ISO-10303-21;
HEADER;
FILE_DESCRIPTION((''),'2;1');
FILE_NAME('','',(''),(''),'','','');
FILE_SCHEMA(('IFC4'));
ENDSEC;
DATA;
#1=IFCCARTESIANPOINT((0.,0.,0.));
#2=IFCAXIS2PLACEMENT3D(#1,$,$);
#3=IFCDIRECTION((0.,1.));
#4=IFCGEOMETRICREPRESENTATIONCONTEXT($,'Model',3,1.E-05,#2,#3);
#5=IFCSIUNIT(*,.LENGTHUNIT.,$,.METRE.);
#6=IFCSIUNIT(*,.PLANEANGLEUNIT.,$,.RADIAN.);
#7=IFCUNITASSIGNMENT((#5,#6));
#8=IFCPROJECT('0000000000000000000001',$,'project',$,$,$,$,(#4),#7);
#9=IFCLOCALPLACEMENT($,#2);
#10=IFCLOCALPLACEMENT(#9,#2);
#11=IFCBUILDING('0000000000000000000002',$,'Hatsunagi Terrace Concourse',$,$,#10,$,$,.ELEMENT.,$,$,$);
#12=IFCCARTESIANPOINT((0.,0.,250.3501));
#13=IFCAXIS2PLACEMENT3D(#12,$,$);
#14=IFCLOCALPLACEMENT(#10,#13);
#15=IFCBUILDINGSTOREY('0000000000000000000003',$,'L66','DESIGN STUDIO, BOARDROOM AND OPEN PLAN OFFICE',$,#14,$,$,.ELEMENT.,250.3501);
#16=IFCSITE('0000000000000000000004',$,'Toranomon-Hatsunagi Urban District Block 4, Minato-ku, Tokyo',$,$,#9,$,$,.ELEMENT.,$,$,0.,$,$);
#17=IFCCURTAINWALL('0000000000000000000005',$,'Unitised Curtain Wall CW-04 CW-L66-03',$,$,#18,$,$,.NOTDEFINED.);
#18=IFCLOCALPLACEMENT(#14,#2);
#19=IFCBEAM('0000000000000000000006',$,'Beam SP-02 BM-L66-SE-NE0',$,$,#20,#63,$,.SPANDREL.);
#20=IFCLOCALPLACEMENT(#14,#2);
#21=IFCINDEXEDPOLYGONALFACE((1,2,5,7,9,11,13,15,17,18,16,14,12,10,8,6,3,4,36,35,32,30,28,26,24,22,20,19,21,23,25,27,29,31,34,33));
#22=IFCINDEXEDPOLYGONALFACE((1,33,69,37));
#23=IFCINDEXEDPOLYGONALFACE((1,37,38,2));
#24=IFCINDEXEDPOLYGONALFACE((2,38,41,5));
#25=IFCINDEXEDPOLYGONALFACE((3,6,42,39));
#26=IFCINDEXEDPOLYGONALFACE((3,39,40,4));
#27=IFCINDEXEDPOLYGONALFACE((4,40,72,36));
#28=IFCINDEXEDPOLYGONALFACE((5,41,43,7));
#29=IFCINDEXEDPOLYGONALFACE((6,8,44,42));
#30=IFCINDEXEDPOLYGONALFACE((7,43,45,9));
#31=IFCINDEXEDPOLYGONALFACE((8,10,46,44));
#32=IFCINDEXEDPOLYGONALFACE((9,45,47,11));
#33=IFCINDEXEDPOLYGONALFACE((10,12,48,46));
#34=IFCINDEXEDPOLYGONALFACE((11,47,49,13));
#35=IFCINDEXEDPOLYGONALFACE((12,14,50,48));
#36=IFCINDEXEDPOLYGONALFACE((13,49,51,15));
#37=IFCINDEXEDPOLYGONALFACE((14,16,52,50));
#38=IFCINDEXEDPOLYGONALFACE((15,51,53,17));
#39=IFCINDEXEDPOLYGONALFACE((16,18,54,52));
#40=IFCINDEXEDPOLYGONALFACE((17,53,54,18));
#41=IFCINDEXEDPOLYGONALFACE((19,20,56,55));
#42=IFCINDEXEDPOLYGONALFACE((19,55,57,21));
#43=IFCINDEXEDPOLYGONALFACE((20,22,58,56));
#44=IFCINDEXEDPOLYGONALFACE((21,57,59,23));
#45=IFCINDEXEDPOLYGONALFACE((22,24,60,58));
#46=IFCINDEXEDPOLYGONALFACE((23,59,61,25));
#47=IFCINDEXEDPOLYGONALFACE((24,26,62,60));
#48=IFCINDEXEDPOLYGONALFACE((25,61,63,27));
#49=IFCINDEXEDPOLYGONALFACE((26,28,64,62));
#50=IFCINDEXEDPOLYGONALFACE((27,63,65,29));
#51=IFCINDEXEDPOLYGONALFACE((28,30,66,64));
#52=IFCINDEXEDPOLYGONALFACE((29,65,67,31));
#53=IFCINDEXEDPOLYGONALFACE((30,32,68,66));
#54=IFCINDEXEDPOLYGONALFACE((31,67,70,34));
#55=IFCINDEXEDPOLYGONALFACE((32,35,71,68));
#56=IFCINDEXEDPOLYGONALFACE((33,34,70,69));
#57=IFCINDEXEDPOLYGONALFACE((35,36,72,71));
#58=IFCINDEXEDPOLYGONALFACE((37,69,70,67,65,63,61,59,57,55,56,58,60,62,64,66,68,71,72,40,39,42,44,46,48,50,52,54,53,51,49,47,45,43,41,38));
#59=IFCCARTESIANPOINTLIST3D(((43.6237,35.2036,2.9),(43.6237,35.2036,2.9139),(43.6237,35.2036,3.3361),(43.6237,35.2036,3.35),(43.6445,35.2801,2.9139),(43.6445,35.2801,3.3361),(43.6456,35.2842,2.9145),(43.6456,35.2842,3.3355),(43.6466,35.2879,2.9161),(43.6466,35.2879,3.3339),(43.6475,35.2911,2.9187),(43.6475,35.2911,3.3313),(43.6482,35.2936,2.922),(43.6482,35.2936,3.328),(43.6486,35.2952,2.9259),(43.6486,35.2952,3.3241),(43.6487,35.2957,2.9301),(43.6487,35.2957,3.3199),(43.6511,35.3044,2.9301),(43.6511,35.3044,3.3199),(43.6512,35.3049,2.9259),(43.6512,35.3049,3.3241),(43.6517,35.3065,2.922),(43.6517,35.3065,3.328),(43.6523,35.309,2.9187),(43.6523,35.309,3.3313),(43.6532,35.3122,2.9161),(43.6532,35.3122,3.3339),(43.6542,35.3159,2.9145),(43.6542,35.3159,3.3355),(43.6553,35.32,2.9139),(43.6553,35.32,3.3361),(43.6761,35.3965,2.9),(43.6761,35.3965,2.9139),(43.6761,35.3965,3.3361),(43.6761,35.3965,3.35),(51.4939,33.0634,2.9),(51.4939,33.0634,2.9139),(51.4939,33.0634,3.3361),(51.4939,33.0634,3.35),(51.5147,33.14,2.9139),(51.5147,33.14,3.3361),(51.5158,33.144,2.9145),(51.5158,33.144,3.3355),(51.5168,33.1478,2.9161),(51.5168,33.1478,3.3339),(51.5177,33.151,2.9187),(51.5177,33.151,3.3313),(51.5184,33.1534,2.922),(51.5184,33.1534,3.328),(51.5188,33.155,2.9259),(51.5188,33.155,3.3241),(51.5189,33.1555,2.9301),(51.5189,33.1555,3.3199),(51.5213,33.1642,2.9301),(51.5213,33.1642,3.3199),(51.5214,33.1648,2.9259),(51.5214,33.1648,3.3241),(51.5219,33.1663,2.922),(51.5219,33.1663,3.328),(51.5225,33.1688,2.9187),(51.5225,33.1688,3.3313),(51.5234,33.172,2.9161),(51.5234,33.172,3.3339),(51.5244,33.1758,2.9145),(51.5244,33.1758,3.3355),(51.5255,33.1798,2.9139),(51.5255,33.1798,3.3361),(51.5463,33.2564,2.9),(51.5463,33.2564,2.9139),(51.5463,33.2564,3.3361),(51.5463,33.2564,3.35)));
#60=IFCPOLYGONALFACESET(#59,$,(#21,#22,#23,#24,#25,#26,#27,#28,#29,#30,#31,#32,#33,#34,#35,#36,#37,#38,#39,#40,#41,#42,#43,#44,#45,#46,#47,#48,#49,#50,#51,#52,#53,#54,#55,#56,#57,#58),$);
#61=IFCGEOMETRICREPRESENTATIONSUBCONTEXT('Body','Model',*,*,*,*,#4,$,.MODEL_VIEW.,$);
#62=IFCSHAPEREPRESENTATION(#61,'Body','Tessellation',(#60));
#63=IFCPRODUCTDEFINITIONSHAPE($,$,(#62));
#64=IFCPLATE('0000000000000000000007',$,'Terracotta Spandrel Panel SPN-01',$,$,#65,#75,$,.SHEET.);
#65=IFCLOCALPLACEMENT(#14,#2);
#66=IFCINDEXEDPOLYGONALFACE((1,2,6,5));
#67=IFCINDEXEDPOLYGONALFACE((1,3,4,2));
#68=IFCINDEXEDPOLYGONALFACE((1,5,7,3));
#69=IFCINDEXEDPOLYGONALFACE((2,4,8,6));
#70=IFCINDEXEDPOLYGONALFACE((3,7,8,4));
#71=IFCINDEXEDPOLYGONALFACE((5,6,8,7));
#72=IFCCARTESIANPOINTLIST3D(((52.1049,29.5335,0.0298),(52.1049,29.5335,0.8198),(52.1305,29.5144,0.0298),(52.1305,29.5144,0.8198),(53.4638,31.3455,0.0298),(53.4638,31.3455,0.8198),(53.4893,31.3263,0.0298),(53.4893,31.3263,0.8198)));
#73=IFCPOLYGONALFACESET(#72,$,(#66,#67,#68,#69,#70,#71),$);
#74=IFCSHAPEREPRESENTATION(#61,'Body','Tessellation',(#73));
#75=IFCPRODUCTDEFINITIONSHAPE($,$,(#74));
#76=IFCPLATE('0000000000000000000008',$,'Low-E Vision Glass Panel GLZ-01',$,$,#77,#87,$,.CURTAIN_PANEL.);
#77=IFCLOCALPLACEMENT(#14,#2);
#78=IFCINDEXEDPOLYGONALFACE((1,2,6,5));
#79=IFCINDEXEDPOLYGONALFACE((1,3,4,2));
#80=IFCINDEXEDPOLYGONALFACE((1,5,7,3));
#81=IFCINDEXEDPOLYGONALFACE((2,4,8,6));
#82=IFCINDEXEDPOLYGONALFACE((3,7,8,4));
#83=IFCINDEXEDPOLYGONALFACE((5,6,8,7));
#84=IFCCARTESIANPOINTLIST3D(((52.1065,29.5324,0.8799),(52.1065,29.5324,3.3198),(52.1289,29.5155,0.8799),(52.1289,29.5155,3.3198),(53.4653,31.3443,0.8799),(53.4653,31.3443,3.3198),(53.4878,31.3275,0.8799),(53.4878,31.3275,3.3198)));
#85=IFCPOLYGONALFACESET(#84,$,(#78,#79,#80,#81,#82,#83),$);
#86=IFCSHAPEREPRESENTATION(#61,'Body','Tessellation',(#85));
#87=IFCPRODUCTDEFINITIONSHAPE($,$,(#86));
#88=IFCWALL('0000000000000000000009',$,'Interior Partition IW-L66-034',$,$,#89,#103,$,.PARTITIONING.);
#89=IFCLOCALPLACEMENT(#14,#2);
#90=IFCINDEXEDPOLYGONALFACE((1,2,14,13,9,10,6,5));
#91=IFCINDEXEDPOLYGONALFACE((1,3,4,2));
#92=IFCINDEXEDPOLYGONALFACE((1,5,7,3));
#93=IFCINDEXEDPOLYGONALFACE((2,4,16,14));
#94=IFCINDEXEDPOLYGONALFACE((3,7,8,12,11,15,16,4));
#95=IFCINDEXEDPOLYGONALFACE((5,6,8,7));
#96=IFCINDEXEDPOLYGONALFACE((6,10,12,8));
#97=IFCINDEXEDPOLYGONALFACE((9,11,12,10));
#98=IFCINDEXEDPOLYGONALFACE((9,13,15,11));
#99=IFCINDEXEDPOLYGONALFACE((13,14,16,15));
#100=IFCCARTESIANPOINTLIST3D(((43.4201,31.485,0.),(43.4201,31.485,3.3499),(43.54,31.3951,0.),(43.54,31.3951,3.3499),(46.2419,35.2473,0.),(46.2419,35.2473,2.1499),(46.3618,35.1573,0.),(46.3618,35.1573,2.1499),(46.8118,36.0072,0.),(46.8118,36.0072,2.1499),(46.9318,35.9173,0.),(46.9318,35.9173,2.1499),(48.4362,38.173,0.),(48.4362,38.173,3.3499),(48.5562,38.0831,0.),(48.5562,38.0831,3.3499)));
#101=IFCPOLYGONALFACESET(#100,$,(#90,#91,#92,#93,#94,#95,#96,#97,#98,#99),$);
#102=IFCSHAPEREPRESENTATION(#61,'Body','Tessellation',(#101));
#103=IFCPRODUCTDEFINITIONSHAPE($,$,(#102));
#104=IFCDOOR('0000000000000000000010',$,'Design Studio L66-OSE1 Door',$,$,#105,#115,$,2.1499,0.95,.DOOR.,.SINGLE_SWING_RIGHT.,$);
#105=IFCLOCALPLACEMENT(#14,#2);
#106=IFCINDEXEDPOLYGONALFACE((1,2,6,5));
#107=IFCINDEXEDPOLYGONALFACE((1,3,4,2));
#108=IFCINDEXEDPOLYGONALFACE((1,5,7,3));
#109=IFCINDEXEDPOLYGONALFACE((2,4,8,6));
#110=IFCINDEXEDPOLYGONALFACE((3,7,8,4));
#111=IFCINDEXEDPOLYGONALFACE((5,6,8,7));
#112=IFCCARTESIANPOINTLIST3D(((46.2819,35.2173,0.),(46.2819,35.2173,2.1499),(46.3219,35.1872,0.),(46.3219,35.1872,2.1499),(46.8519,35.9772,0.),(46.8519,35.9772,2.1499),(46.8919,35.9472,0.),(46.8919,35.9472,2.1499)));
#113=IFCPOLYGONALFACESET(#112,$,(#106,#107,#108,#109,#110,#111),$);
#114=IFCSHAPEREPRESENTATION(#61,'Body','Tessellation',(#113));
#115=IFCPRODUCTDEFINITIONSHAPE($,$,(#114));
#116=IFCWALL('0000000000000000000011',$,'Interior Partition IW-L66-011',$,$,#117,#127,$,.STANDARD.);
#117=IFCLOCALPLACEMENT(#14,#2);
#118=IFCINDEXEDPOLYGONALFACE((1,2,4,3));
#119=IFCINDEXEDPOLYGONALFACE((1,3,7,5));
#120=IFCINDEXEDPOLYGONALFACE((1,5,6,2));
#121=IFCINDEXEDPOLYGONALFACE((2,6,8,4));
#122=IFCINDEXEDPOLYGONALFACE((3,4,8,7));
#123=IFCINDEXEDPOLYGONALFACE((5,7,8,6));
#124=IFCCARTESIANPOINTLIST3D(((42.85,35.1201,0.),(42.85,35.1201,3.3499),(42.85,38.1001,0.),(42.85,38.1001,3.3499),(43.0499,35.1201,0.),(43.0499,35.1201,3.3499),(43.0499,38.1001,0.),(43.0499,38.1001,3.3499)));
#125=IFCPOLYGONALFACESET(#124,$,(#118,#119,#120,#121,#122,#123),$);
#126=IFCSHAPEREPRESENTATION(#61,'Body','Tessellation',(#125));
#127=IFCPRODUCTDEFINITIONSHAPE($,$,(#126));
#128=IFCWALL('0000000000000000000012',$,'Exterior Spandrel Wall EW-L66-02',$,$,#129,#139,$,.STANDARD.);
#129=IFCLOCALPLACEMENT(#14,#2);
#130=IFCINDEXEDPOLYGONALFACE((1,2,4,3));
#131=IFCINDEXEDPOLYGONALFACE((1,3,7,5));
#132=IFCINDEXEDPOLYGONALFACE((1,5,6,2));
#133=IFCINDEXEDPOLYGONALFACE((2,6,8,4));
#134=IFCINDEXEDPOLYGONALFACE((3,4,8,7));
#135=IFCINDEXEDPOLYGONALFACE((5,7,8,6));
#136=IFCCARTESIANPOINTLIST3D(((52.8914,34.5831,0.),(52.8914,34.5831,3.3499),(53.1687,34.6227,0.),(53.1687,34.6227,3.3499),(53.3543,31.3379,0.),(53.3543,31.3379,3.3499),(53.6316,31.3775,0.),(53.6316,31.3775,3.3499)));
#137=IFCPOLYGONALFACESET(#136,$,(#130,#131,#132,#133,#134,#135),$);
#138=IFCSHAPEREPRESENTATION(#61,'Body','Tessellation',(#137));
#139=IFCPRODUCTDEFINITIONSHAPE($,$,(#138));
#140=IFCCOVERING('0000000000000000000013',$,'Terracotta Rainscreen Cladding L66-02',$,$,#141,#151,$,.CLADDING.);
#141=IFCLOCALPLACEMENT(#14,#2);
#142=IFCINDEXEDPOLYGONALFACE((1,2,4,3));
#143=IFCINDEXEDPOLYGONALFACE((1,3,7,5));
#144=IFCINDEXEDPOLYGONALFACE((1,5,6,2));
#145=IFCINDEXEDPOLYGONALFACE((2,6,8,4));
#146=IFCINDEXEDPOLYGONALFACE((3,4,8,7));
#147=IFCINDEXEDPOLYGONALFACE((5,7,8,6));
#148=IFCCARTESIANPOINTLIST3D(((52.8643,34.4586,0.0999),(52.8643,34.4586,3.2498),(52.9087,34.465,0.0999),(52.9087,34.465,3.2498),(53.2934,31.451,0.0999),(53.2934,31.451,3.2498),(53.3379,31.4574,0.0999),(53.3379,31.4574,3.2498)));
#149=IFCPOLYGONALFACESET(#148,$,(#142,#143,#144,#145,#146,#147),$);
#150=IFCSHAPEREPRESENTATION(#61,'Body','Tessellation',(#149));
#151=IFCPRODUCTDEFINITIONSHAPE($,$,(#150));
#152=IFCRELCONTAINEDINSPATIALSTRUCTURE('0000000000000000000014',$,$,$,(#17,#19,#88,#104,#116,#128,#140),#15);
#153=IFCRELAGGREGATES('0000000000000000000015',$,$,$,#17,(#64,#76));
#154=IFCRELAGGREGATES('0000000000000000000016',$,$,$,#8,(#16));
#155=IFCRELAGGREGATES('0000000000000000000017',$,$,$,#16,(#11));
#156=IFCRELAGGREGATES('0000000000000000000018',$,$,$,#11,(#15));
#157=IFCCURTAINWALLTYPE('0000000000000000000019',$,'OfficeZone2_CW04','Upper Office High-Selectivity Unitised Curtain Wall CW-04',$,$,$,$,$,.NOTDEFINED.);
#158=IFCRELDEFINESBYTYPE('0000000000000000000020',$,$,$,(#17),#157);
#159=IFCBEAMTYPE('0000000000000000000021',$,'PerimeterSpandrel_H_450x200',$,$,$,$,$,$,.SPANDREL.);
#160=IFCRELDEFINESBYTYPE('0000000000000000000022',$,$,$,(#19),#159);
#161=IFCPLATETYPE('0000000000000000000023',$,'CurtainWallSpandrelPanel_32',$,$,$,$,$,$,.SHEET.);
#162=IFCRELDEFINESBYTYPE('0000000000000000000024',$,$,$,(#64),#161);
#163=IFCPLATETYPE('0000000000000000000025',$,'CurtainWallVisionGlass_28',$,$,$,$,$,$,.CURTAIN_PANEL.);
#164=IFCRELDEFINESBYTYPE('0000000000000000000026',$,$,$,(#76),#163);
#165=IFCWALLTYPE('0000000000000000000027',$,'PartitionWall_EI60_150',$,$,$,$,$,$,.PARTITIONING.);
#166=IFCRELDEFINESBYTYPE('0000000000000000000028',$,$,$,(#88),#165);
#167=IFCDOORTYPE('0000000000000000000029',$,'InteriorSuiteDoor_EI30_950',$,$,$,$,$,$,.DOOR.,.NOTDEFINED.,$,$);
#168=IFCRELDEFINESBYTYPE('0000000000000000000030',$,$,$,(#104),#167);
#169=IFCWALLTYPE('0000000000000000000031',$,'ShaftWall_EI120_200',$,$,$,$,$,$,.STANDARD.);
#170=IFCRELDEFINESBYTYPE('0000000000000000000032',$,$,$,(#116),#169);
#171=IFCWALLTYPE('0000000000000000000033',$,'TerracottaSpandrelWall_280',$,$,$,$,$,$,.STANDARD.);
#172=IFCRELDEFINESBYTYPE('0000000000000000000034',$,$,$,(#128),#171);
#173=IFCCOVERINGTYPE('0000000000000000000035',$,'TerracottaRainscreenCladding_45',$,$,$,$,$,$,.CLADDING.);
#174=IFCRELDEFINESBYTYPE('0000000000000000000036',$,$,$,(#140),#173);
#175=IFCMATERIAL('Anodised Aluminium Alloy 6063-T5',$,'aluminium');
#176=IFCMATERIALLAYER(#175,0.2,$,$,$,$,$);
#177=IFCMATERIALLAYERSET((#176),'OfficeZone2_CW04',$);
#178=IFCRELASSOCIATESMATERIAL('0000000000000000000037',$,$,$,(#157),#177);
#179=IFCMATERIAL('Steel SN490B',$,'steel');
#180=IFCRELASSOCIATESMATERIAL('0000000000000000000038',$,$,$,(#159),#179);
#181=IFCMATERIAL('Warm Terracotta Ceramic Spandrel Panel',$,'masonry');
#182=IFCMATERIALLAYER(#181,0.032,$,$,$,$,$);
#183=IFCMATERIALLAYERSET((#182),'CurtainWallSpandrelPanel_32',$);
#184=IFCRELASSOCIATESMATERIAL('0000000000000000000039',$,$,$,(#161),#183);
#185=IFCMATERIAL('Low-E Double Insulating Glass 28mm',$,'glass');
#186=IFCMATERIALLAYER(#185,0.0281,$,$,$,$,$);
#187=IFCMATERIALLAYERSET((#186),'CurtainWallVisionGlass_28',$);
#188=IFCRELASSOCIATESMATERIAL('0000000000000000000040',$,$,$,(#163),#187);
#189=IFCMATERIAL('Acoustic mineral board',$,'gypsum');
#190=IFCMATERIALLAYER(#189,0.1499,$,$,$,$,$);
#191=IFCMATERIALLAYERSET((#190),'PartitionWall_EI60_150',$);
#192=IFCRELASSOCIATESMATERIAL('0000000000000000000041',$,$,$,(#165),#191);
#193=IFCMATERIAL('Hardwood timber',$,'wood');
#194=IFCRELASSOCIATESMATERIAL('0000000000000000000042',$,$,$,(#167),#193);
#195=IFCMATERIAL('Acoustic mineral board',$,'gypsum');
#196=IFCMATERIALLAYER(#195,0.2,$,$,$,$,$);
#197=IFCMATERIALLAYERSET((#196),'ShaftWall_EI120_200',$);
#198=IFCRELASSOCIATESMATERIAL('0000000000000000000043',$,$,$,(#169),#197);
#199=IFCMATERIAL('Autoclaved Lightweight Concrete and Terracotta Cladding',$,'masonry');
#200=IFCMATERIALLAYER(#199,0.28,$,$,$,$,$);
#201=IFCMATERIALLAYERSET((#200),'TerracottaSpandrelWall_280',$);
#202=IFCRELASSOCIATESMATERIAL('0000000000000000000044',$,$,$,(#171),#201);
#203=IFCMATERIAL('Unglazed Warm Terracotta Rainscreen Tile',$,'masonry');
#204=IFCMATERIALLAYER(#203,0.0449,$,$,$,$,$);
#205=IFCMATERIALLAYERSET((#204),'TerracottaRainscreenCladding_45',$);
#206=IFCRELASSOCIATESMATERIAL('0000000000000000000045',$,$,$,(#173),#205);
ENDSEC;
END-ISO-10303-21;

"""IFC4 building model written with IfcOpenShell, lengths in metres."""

from ifc_helpers import new_model, si_unit, direction, frame, frame_2d, origin, origin_2d, place, context, subcontext, project, spatial, rectangle, i_section, extrude, material, layer, layer_set, material_profile, profile_set, type_object, element, fill, aggregate, save


model = new_model("IFC4")

# Units and contexts
model_context = context("Model", 3, precision=1e-05, world=origin(), true_north=direction((0.0, 1.0)))
body_context = subcontext(model_context, "Body", "Model", "MODEL_VIEW")
ifc_project = project(units=[si_unit("LENGTHUNIT", "METRE"), si_unit("PLANEANGLEUNIT", "RADIAN")], contexts=[model_context])

# Site, building, storey
site_placement = place(None, origin())
site = spatial("IfcSite", under=ifc_project, at=site_placement, Name="Toranomon-Hatsunagi Urban District Block 4, Minato-ku, Tokyo", CompositionType="ELEMENT", RefElevation=0.0)
building_placement = place(site_placement, origin())
building = spatial("IfcBuilding", under=site, at=building_placement, Name="Hatsunagi Terrace Concourse", CompositionType="ELEMENT")
storey_placement = place(building_placement, frame((0.0, 0.0, 250.3501)))
storey = spatial("IfcBuildingStorey", under=building, at=storey_placement, Name="L66", Description="DESIGN STUDIO, BOARDROOM AND OPEN PLAN OFFICE", CompositionType="ELEMENT", Elevation=250.3501)

# Curtain wall
ifc_material_1 = material(Name="Anodised Aluminium Alloy 6063-T5", Category="aluminium")
ifc_layer_1 = layer(ifc_material_1, 0.2)
ifc_layer_set_1 = layer_set([ifc_layer_1], Name="OfficeZone2_CW04")
curtain_wall_type = type_object("IfcCurtainWallType", Name="OfficeZone2_CW04", Description="Upper Office High-Selectivity Unitised Curtain Wall CW-04", PredefinedType="NOTDEFINED", material=ifc_layer_set_1)
curtain_wall_placement = place(storey_placement, origin())
curtain_wall = element("IfcCurtainWall", 1, at=curtain_wall_placement, inside=storey, type_object=curtain_wall_type, Name="Unitised Curtain Wall CW-04 CW-L66-03", PredefinedType="NOTDEFINED")

# Beam
ifc_material_2 = material(Name="Steel SN490B", Category="steel")
ifc_material_profile_1 = material_profile(ifc_material_2, i_section(OverallWidth=0.2, OverallDepth=0.45, WebThickness=0.009, FlangeThickness=0.0139, FilletRadius=0.0161, at=origin_2d()), Name="H-450x200x9x14")
ifc_profile_set_1 = profile_set([ifc_material_profile_1], Name="Steel SN490B")
beam_type_1 = type_object("IfcBeamType", Name="PerimeterSpandrel_H_450x200", PredefinedType="SPANDREL", material=ifc_profile_set_1)
beam_1_placement = place(storey_placement, frame((43.6499, 35.3, 3.125), z_axis=(0.964958, -0.262403, 0.0), x_axis=(0.262403, 0.964958, 0.0)))
element("IfcBeam", 2, at=beam_1_placement, inside=storey, type_object=beam_type_1, Name="Beam SP-02 BM-L66-SE-NE0", PredefinedType="SPANDREL", context=body_context, shape_type="SweptSolid", body=[
    extrude(i_section(OverallWidth=0.2, OverallDepth=0.45, WebThickness=0.009, FlangeThickness=0.0139, FilletRadius=0.0161, at=origin_2d()), origin(), (0.0, 0.0, 1.0), 8.156),
])

# Plates
ifc_material_3 = material(Name="Warm Terracotta Ceramic Spandrel Panel", Category="masonry")
ifc_layer_2 = layer(ifc_material_3, 0.032)
ifc_layer_set_2 = layer_set([ifc_layer_2], Name="CurtainWallSpandrelPanel_32")
plate_type_1 = type_object("IfcPlateType", Name="CurtainWallSpandrelPanel_32", PredefinedType="SHEET", material=ifc_layer_set_2)
plate_1_placement = place(storey_placement, frame((52.7971, 30.4299, 0.0298), z_axis=(0.0, 0.0, 1.0), x_axis=(-0.599969, -0.800023, 0.0)))
plate_1 = element("IfcPlate", 3, at=plate_1_placement, type_object=plate_type_1, Name="Terracotta Spandrel Panel SPN-01", PredefinedType="SHEET", context=body_context, shape_type="SweptSolid", body=[
    extrude(rectangle(XDim=2.2649, YDim=0.032, at=origin_2d()), origin(), (0.0, 0.0, 1.0), 0.79),
])
ifc_material_4 = material(Name="Low-E Double Insulating Glass 28mm", Category="glass")
ifc_layer_3 = layer(ifc_material_4, 0.0281)
ifc_layer_set_3 = layer_set([ifc_layer_3], Name="CurtainWallVisionGlass_28")
plate_type_2 = type_object("IfcPlateType", Name="CurtainWallVisionGlass_28", PredefinedType="CURTAIN_PANEL", material=ifc_layer_set_3)
plate_2_placement = place(storey_placement, frame((52.7971, 30.4299, 0.8799), z_axis=(0.0, 0.0, 1.0), x_axis=(-0.599969, -0.800023, 0.0)))
plate_2 = element("IfcPlate", 4, at=plate_2_placement, type_object=plate_type_2, Name="Low-E Vision Glass Panel GLZ-01", PredefinedType="CURTAIN_PANEL", context=body_context, shape_type="SweptSolid", body=[
    extrude(rectangle(XDim=2.2649, YDim=0.0281, at=origin_2d()), origin(), (0.0, 0.0, 1.0), 2.4399),
])
aggregate(curtain_wall, [plate_1, plate_2])

# Wall, opening, door
ifc_material_5 = material(Name="Acoustic mineral board", Category="gypsum")
ifc_layer_4 = layer(ifc_material_5, 0.1499)
ifc_layer_set_4 = layer_set([ifc_layer_4], Name="PartitionWall_EI60_150")
wall_type_1 = type_object("IfcWallType", Name="PartitionWall_EI60_150", PredefinedType="PARTITIONING", material=ifc_layer_set_4)
wall_1_placement = place(storey_placement, frame((43.48, 31.4399, 0.0), z_axis=(0.0, 0.0, 1.0), x_axis=(0.600009, 0.799993, 0.0)))
wall_1 = element("IfcWall", 5, at=wall_1_placement, inside=storey, type_object=wall_type_1, Name="Interior Partition IW-L66-034", PredefinedType="PARTITIONING", context=body_context, shape_type="SweptSolid", body=[
    extrude(rectangle(XDim=8.3601, YDim=0.1499, at=frame_2d((4.1802, 0.0))), origin(), (0.0, 0.0, 1.0), 3.3499),
])
opening_placement = place(wall_1_placement, frame((4.7029, 0.0, 0.0)))
opening = element("IfcOpeningElement", 6, at=opening_placement, cuts=wall_1, PredefinedType="OPENING", context=body_context, shape_type="SweptSolid", body=[
    extrude(rectangle(XDim=0.95, YDim=2.1499, at=frame_2d((0.4751, 1.075))), frame((0.0, 0.085, 0.0), z_axis=(0.0, -1.0, 0.0), x_axis=(1.0, 0.0, 0.0)), (0.0, 0.0, 1.0), 0.1699),
])
ifc_material_6 = material(Name="Hardwood timber", Category="wood")
door_type = type_object("IfcDoorType", Name="InteriorSuiteDoor_EI30_950", OperationType="NOTDEFINED", PredefinedType="DOOR", material=ifc_material_6)
door_placement = place(opening_placement, origin())
door = element("IfcDoor", 7, at=door_placement, inside=storey, type_object=door_type, Name="Design Studio L66-OSE1 Door", OperationType="SINGLE_SWING_RIGHT", OverallHeight=2.1499, OverallWidth=0.95, PredefinedType="DOOR", context=body_context, shape_type="SweptSolid", body=[
    extrude(rectangle(XDim=0.95, YDim=2.1499, at=frame_2d((0.4751, 1.075))), frame((0.0, 0.0249, 0.0), z_axis=(0.0, -1.0, 0.0), x_axis=(1.0, 0.0, 0.0)), (0.0, 0.0, 1.0), 0.05),
])
fill(opening, door)

# Walls
ifc_material_7 = material(Name="Acoustic mineral board", Category="gypsum")
ifc_layer_5 = layer(ifc_material_7, 0.2)
ifc_layer_set_5 = layer_set([ifc_layer_5], Name="ShaftWall_EI120_200")
wall_type_2 = type_object("IfcWallType", Name="ShaftWall_EI120_200", PredefinedType="STANDARD", material=ifc_layer_set_5)
wall_2_placement = place(storey_placement, frame((42.95, 35.1201, 0.0), z_axis=(0.0, 0.0, 1.0), x_axis=(0.0, 1.0, 0.0)))
element("IfcWall", 8, at=wall_2_placement, inside=storey, type_object=wall_type_2, Name="Interior Partition IW-L66-011", PredefinedType="STANDARD", context=body_context, shape_type="SweptSolid", body=[
    extrude(rectangle(XDim=2.98, YDim=0.2, at=frame_2d((1.49, 0.0))), origin(), (0.0, 0.0, 1.0), 3.3499),
])
ifc_material_8 = material(Name="Autoclaved Lightweight Concrete and Terracotta Cladding", Category="masonry")
ifc_layer_6 = layer(ifc_material_8, 0.28)
ifc_layer_set_6 = layer_set([ifc_layer_6], Name="TerracottaSpandrelWall_280")
wall_type_3 = type_object("IfcWallType", Name="TerracottaSpandrelWall_280", PredefinedType="STANDARD", material=ifc_layer_set_6)
wall_3_placement = place(storey_placement, frame((53.03, 34.603, 0.0), z_axis=(0.0, 0.0, 1.0), x_axis=(0.141213, -0.989979, 0.0)))
element("IfcWall", 9, at=wall_3_placement, inside=storey, type_object=wall_type_3, Name="Exterior Spandrel Wall EW-L66-02", PredefinedType="STANDARD", context=body_context, shape_type="SweptSolid", body=[
    extrude(rectangle(XDim=3.2781, YDim=0.28, at=frame_2d((1.6392, 0.0))), origin(), (0.0, 0.0, 1.0), 3.3499),
])

# Covering
ifc_material_9 = material(Name="Unglazed Warm Terracotta Rainscreen Tile", Category="masonry")
ifc_layer_7 = layer(ifc_material_9, 0.0449)
ifc_layer_set_7 = layer_set([ifc_layer_7], Name="TerracottaRainscreenCladding_45")
covering_type = type_object("IfcCoveringType", Name="TerracottaRainscreenCladding_45", PredefinedType="CLADDING", material=ifc_layer_set_7)
covering_placement = place(storey_placement, frame((53.1011, 32.958, 0.0999), z_axis=(0.0, 0.0, 1.0), x_axis=(0.14125, -0.989974, 0.0)))
element("IfcCovering", 10, at=covering_placement, inside=storey, type_object=covering_type, Name="Terracotta Rainscreen Cladding L66-02", PredefinedType="CLADDING", context=body_context, shape_type="SweptSolid", body=[
    extrude(rectangle(XDim=3.0381, YDim=0.0449, at=origin_2d()), origin(), (0.0, 0.0, 1.0), 3.1499),
])

save(model, "model.ifc")
